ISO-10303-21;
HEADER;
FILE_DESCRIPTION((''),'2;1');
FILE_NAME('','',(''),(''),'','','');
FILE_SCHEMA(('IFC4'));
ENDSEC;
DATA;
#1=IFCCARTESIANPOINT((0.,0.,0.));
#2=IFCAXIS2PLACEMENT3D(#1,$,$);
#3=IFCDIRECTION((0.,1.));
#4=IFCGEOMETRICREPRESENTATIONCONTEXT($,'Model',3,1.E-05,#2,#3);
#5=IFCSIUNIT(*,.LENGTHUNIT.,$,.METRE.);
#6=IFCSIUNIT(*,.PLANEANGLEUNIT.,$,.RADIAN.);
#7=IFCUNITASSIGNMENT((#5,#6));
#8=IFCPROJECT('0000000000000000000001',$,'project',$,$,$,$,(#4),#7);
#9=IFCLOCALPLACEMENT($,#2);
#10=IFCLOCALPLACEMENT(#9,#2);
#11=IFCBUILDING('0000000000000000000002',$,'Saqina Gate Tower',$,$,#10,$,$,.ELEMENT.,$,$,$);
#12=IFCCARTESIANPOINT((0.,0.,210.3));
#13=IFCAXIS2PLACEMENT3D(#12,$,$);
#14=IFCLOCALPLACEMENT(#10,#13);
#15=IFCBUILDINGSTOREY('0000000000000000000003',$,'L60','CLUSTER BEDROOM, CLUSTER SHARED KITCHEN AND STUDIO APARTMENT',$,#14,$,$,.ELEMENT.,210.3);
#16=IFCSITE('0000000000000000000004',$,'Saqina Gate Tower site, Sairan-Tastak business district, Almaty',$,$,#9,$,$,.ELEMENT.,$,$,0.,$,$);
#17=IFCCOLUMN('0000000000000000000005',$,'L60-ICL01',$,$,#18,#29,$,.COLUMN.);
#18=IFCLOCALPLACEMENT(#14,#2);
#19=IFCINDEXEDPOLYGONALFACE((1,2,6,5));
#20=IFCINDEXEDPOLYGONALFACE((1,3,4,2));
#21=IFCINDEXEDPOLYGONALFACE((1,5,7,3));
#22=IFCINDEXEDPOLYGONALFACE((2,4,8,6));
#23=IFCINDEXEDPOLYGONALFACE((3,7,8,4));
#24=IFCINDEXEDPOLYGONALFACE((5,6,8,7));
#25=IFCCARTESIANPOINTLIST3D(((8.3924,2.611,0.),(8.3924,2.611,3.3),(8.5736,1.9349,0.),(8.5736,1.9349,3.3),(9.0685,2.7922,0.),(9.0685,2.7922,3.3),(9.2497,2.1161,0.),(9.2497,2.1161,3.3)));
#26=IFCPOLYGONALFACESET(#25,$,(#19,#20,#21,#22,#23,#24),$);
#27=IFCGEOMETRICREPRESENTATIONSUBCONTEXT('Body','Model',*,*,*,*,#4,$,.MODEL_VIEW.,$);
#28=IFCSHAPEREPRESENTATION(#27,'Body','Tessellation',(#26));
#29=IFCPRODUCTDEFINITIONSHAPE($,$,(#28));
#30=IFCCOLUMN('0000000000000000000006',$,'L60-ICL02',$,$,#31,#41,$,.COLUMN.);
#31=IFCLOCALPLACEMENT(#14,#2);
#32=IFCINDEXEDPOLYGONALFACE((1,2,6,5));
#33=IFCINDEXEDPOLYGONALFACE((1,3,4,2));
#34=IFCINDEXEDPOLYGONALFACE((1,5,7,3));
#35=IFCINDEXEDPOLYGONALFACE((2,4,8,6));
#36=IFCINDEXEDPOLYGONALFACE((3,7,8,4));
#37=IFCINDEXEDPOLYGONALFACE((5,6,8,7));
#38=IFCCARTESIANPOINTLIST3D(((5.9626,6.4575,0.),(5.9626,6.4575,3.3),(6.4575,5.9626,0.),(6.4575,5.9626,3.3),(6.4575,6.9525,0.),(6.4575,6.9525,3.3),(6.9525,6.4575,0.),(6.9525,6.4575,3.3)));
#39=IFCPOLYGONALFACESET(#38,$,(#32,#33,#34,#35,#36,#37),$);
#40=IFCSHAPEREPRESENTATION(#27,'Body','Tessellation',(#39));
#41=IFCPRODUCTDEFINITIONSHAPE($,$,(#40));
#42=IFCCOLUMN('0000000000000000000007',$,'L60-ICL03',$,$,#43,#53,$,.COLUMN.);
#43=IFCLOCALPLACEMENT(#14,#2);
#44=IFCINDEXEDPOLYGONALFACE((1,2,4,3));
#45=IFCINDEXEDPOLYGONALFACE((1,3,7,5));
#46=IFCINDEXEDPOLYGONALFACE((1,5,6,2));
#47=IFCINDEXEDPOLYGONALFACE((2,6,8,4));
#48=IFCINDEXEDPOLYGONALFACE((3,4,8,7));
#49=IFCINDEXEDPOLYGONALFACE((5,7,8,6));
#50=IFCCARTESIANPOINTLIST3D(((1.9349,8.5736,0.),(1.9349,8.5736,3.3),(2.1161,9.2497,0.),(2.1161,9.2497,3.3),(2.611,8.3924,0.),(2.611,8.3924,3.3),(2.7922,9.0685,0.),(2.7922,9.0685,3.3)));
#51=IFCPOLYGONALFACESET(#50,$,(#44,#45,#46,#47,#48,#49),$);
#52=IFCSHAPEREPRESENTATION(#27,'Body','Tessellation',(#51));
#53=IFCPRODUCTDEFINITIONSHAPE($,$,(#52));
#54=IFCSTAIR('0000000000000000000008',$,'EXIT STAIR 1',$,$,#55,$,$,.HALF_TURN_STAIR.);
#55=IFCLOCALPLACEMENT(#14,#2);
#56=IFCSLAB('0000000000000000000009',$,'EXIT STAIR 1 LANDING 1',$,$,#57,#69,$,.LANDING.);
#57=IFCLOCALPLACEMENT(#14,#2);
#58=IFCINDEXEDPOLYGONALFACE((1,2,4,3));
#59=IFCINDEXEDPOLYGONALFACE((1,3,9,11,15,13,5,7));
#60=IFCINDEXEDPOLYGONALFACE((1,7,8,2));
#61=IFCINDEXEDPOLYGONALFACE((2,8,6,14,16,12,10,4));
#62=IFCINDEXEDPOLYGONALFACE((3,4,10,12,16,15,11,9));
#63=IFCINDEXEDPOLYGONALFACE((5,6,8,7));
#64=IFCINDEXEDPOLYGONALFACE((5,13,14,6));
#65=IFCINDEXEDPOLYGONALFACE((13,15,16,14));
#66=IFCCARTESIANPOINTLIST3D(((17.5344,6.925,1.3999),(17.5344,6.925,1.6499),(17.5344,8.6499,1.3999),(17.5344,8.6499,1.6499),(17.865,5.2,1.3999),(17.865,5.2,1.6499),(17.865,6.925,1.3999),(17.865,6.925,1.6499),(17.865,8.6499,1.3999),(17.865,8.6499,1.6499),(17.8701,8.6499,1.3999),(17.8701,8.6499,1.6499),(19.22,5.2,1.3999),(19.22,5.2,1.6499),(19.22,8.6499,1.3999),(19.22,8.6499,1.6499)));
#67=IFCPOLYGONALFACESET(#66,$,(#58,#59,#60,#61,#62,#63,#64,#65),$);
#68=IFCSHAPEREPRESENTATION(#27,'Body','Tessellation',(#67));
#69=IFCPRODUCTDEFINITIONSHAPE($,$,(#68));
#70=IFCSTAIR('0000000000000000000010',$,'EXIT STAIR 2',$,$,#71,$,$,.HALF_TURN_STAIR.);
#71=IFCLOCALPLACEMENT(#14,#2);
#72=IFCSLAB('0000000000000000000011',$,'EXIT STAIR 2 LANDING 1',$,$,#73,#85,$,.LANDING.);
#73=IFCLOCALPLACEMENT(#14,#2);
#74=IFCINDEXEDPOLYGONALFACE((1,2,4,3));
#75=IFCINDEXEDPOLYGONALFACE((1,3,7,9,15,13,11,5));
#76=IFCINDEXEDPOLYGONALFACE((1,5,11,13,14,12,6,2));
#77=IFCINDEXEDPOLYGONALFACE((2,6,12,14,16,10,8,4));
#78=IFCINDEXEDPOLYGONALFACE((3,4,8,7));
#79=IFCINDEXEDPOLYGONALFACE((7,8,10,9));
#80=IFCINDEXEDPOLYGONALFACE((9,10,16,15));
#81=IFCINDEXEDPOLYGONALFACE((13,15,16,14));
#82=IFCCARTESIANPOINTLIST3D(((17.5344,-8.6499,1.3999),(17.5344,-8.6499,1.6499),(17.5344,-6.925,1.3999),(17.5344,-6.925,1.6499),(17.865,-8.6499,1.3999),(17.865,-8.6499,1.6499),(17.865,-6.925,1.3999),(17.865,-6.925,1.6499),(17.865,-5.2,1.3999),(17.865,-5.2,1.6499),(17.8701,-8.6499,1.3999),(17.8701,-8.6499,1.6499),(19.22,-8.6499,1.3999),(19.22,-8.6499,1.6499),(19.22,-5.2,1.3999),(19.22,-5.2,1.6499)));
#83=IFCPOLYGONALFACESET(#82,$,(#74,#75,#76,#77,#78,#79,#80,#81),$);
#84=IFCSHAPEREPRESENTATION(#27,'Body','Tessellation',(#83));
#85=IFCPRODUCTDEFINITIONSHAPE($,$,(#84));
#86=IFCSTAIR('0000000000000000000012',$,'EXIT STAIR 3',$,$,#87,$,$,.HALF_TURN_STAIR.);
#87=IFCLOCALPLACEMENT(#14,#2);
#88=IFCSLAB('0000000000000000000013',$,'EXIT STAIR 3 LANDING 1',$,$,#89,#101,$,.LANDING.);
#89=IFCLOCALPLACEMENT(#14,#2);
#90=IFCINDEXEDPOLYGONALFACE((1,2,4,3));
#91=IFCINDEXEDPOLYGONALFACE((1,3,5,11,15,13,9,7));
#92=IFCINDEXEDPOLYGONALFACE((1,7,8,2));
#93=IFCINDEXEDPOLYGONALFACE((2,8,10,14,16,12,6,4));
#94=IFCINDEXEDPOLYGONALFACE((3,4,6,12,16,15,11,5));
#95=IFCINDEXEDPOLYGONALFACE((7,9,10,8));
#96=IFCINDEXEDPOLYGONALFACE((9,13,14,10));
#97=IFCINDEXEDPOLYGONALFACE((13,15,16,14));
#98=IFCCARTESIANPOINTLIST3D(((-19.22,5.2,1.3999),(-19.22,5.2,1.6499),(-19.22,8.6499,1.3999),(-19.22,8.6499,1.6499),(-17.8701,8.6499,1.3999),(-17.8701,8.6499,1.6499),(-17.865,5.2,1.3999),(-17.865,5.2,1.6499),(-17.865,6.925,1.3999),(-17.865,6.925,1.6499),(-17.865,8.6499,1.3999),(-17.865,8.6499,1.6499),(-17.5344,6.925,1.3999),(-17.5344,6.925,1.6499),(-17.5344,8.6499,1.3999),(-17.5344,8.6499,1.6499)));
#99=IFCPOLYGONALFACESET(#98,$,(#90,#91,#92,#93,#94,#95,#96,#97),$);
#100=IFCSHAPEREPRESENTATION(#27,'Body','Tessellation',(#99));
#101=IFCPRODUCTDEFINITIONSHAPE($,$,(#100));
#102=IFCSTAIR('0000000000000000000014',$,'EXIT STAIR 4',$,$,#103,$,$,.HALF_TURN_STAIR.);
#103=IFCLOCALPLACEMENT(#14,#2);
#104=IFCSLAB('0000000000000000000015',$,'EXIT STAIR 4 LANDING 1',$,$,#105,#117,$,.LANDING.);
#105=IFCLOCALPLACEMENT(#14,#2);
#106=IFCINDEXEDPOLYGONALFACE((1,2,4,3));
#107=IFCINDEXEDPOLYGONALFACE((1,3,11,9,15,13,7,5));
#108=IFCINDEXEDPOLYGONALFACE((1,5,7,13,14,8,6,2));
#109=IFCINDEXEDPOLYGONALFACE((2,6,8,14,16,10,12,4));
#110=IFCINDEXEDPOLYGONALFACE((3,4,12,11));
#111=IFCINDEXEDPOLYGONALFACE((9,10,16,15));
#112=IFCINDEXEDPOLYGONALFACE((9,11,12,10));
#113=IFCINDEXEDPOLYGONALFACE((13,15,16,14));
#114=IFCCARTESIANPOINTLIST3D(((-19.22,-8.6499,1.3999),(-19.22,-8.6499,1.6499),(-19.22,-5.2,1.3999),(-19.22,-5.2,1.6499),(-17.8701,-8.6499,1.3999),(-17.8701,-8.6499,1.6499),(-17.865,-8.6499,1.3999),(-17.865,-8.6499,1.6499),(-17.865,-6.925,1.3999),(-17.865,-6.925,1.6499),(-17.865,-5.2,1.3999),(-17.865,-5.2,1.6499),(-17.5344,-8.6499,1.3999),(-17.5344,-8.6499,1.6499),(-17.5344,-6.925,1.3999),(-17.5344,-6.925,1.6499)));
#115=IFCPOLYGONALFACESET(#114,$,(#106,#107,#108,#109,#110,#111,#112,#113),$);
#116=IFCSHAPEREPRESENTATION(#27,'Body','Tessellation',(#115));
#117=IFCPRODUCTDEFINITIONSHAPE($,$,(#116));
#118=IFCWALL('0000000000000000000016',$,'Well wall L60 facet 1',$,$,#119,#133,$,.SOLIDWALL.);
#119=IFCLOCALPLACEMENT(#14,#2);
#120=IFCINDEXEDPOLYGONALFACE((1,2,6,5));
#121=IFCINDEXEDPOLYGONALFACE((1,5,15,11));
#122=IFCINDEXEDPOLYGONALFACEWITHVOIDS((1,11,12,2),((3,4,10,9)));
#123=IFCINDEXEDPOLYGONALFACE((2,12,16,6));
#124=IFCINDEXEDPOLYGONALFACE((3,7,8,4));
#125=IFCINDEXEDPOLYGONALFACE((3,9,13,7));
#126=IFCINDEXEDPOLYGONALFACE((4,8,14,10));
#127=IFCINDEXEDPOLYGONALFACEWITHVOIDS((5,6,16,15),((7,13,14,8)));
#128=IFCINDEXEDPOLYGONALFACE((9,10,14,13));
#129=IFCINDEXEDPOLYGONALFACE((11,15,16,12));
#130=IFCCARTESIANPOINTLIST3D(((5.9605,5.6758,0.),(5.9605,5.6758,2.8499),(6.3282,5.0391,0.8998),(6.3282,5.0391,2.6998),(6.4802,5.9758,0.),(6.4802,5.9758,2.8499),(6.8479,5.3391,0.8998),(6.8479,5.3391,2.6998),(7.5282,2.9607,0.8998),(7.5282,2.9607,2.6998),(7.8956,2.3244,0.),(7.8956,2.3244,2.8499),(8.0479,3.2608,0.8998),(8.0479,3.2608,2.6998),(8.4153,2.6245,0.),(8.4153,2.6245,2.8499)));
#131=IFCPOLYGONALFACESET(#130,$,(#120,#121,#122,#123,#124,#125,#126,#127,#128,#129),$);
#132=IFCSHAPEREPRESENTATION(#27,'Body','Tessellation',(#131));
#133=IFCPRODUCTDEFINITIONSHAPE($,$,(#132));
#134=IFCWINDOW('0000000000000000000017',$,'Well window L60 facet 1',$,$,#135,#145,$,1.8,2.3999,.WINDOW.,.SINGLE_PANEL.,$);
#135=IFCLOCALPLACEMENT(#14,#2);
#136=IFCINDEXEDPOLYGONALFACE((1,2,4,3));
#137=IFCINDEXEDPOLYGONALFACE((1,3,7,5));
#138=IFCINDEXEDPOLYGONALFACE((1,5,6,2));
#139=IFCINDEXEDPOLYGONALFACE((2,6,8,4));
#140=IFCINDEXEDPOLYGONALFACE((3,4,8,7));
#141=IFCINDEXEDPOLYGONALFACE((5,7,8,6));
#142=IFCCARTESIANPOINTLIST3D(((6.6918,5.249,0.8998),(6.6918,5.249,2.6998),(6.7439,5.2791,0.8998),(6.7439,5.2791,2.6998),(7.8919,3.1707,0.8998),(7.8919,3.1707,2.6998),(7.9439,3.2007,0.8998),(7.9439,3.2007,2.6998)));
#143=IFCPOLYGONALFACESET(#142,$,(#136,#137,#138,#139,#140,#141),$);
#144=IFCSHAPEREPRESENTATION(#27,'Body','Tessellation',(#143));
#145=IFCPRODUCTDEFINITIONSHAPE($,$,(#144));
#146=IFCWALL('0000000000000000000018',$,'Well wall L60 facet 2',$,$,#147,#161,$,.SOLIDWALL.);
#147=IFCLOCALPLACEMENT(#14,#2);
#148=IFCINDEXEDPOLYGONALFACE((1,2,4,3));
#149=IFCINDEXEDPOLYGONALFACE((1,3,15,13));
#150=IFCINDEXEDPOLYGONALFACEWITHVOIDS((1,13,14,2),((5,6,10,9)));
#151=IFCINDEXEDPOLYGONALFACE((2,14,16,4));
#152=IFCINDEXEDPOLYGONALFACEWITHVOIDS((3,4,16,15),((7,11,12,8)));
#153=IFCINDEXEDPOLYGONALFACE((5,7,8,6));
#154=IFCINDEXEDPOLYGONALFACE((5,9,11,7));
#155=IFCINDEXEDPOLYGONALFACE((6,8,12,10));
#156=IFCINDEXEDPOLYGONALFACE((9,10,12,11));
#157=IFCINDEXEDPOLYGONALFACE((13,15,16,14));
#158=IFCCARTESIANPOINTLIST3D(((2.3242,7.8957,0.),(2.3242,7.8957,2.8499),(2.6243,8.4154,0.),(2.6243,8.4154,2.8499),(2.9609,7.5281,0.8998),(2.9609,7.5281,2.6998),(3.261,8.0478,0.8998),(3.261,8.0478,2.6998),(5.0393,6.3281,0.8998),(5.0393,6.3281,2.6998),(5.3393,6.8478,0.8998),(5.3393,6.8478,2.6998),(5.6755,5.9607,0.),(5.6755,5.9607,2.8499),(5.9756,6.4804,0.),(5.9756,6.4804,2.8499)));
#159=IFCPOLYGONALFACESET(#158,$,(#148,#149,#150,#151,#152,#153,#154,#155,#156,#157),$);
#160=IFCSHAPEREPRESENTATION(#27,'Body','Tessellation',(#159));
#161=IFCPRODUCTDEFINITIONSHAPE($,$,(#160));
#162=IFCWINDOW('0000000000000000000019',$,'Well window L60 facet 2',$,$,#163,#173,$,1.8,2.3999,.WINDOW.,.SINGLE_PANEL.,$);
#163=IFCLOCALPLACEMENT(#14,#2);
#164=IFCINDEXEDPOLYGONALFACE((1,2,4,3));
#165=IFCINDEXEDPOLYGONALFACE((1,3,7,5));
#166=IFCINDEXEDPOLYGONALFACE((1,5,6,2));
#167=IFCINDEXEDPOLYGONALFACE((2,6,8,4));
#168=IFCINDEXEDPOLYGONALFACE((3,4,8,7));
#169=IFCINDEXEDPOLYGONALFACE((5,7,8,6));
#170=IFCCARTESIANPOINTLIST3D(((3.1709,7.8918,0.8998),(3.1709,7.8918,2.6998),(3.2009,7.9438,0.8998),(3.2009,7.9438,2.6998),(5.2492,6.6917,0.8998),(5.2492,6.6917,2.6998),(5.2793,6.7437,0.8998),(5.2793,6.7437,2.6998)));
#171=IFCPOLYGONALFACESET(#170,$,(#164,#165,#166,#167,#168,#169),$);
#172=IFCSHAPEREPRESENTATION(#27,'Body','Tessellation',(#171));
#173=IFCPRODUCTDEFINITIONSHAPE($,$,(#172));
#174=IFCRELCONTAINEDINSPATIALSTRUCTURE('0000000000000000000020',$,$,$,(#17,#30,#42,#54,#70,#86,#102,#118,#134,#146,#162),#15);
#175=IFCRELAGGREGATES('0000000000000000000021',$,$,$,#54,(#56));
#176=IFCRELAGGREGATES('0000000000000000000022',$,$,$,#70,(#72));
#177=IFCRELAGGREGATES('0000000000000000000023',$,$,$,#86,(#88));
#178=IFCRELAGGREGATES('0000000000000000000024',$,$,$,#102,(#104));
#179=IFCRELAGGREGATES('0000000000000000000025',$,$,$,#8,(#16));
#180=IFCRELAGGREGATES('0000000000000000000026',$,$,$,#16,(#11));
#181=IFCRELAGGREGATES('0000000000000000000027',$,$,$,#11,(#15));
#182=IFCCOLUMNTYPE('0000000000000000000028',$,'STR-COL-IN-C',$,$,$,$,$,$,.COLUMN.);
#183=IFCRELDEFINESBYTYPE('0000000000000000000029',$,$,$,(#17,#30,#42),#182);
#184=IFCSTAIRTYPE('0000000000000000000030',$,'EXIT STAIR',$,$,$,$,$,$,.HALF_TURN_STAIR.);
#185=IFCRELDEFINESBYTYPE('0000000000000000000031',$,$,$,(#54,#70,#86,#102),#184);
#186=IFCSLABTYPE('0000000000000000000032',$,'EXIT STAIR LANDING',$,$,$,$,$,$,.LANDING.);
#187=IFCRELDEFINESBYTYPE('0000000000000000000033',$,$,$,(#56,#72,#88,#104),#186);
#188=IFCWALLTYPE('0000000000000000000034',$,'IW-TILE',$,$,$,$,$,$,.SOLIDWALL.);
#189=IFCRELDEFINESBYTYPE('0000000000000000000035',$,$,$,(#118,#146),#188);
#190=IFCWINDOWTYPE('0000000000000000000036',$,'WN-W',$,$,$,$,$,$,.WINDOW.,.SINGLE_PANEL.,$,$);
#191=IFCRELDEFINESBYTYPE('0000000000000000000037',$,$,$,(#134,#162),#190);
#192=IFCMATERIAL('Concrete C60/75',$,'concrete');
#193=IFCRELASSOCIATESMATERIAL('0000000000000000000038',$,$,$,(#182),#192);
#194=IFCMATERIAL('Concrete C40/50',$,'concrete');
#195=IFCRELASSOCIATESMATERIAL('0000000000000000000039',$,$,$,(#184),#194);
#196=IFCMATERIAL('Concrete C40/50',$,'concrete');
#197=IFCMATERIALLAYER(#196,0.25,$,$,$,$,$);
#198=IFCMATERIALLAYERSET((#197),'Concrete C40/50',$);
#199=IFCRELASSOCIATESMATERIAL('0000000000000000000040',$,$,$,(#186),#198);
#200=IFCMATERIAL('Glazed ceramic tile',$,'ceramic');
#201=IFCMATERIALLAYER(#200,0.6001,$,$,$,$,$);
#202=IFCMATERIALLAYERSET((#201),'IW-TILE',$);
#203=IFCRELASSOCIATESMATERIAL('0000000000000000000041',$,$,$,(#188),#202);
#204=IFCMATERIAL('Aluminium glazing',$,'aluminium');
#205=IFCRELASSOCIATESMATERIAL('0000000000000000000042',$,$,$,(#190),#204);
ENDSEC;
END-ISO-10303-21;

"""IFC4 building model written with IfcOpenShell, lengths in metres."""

from ifc_helpers import new_model, si_unit, direction, frame, frame_2d, origin, origin_2d, place, context, subcontext, project, spatial, polyline, rectangle, outline, extrude, material, layer, layer_set, material_profile, profile_set, type_object, element, fill, aggregate, save


model = new_model("IFC4")

# Units and contexts
model_context = context("Model", 3, precision=1e-05, world=origin(), true_north=direction((0.0, 1.0)))
body_context = subcontext(model_context, "Body", "Model", "MODEL_VIEW")
ifc_project = project(units=[si_unit("LENGTHUNIT", "METRE"), si_unit("PLANEANGLEUNIT", "RADIAN")], contexts=[model_context])

# Site, building, storey
site_placement = place(None, origin())
site = spatial("IfcSite", under=ifc_project, at=site_placement, Name="Saqina Gate Tower site, Sairan-Tastak business district, Almaty", CompositionType="ELEMENT", RefElevation=0.0)
building_placement = place(site_placement, origin())
building = spatial("IfcBuilding", under=site, at=building_placement, Name="Saqina Gate Tower", CompositionType="ELEMENT")
storey_placement = place(building_placement, frame((0.0, 0.0, 210.3)))
storey = spatial("IfcBuildingStorey", under=building, at=storey_placement, Name="L60", Description="CLUSTER BEDROOM, CLUSTER SHARED KITCHEN AND STUDIO APARTMENT", CompositionType="ELEMENT", Elevation=210.3)

# Columns
ifc_material_1 = material(Name="Concrete C60/75", Category="concrete")
ifc_material_profile = material_profile(ifc_material_1, rectangle(XDim=0.7, YDim=0.7, at=origin_2d()), Name="RC 700x700")
ifc_profile_set = profile_set([ifc_material_profile], Name="Concrete C60/75")
column_type = type_object("IfcColumnType", Name="STR-COL-IN-C", PredefinedType="COLUMN", material=ifc_profile_set)
for number, where, z_axis, x_axis, name in (
    (1, (8.821, 2.3635, 0.0), (0.0, 0.0, 1.0), (0.965926, 0.258819, 0.0), "L60-ICL01"),
    (2, (6.4575, 6.4575, 0.0), (0.0, 0.0, 1.0), (0.707107, 0.707107, 0.0), "L60-ICL02"),
    (3, (2.3635, 8.821, 0.0), (0.0, 0.0, 1.0), (0.258819, 0.965926, 0.0), "L60-ICL03"),
):
    element("IfcColumn", number, at=place(storey_placement, frame(where, z_axis=z_axis, x_axis=x_axis)), inside=storey, type_object=column_type, Name=name, PredefinedType="COLUMN", context=body_context, shape_type="SweptSolid", body=[
        extrude(rectangle(XDim=0.7, YDim=0.7, at=origin_2d()), origin(), (0.0, 0.0, 1.0), 3.3),
    ])

# Stairs, slabs
ifc_material_2 = material(Name="Concrete C40/50", Category="concrete")
stair_type = type_object("IfcStairType", Name="EXIT STAIR", PredefinedType="HALF_TURN_STAIR", material=ifc_material_2)
stair_1_placement = place(storey_placement, origin())
stair_1 = element("IfcStair", 4, at=stair_1_placement, inside=storey, type_object=stair_type, Name="EXIT STAIR 1", PredefinedType="HALF_TURN_STAIR")
ifc_material_3 = material(Name="Concrete C40/50", Category="concrete")
ifc_layer_1 = layer(ifc_material_3, 0.25)
ifc_layer_set_1 = layer_set([ifc_layer_1], Name="Concrete C40/50")
slab_type = type_object("IfcSlabType", Name="EXIT STAIR LANDING", PredefinedType="LANDING", material=ifc_layer_set_1)
slab_1_placement = place(storey_placement, frame((0.0, 0.0, 1.3999)))
slab_1 = element("IfcSlab", 5, at=slab_1_placement, type_object=slab_type, Name="EXIT STAIR 1 LANDING 1", PredefinedType="LANDING", context=body_context, shape_type="SweptSolid", body=[
    extrude(outline(polyline([(19.22, 8.6499), (19.22, 5.2), (17.865, 5.2), (17.865, 6.925), (17.5344, 6.925), (17.5344, 8.6499), (17.865, 8.6499), (17.8701, 8.6499), (19.22, 8.6499)])), origin(), (0.0, 0.0, 1.0), 0.25),
])
aggregate(stair_1, [slab_1])
stair_2_placement = place(storey_placement, origin())
stair_2 = element("IfcStair", 6, at=stair_2_placement, inside=storey, type_object=stair_type, Name="EXIT STAIR 2", PredefinedType="HALF_TURN_STAIR")
slab_2_placement = place(storey_placement, frame((0.0, 0.0, 1.3999)))
slab_2 = element("IfcSlab", 7, at=slab_2_placement, type_object=slab_type, Name="EXIT STAIR 2 LANDING 1", PredefinedType="LANDING", context=body_context, shape_type="SweptSolid", body=[
    extrude(outline(polyline([(17.5344, -8.6499), (17.5344, -6.925), (17.865, -6.925), (17.865, -5.2), (19.22, -5.2), (19.22, -8.6499), (17.8701, -8.6499), (17.865, -8.6499), (17.5344, -8.6499)])), origin(), (0.0, 0.0, 1.0), 0.25),
])
aggregate(stair_2, [slab_2])
stair_3_placement = place(storey_placement, origin())
stair_3 = element("IfcStair", 8, at=stair_3_placement, inside=storey, type_object=stair_type, Name="EXIT STAIR 3", PredefinedType="HALF_TURN_STAIR")
slab_3_placement = place(storey_placement, frame((0.0, 0.0, 1.3999)))
slab_3 = element("IfcSlab", 9, at=slab_3_placement, type_object=slab_type, Name="EXIT STAIR 3 LANDING 1", PredefinedType="LANDING", context=body_context, shape_type="SweptSolid", body=[
    extrude(outline(polyline([(-17.865, 5.2), (-19.22, 5.2), (-19.22, 8.6499), (-17.8701, 8.6499), (-17.865, 8.6499), (-17.5344, 8.6499), (-17.5344, 6.925), (-17.865, 6.925), (-17.865, 5.2)])), origin(), (0.0, 0.0, 1.0), 0.25),
])
aggregate(stair_3, [slab_3])
stair_4_placement = place(storey_placement, origin())
stair_4 = element("IfcStair", 10, at=stair_4_placement, inside=storey, type_object=stair_type, Name="EXIT STAIR 4", PredefinedType="HALF_TURN_STAIR")
slab_4_placement = place(storey_placement, frame((0.0, 0.0, 1.3999)))
slab_4 = element("IfcSlab", 11, at=slab_4_placement, type_object=slab_type, Name="EXIT STAIR 4 LANDING 1", PredefinedType="LANDING", context=body_context, shape_type="SweptSolid", body=[
    extrude(outline(polyline([(-17.5344, -6.925), (-17.5344, -8.6499), (-17.865, -8.6499), (-17.8701, -8.6499), (-19.22, -8.6499), (-19.22, -5.2), (-17.865, -5.2), (-17.865, -6.925), (-17.5344, -6.925)])), origin(), (0.0, 0.0, 1.0), 0.25),
])
aggregate(stair_4, [slab_4])

# Walls, openings, windows
ifc_material_4 = material(Name="Glazed ceramic tile", Category="ceramic")
ifc_layer_2 = layer(ifc_material_4, 0.6001)
ifc_layer_set_2 = layer_set([ifc_layer_2], Name="IW-TILE")
wall_type_1 = type_object("IfcWallType", Name="IW-TILE", PredefinedType="SOLIDWALL", material=ifc_layer_set_2)
wall_1_placement = place(storey_placement, frame((8.1555, 2.4744, 0.0), z_axis=(0.0, 0.0, 1.0), x_axis=(-0.500034, 0.866006, 0.0)))
wall_1 = element("IfcWall", 12, at=wall_1_placement, inside=storey, type_object=wall_type_1, Name="Well wall L60 facet 1", PredefinedType="SOLIDWALL", context=body_context, shape_type="SweptSolid", body=[
    extrude(rectangle(XDim=3.8699, YDim=0.6001, at=frame_2d((1.9351, 0.0))), origin(), (0.0, 0.0, 1.0), 2.8499),
])
opening_1_placement = place(wall_1_placement, frame((0.7349, 0.0, 0.8999)))
opening_1 = element("IfcOpeningElement", 13, at=opening_1_placement, cuts=wall_1, PredefinedType="OPENING", context=body_context, shape_type="SweptSolid", body=[
    extrude(rectangle(XDim=2.3999, YDim=1.8, at=frame_2d((1.2, 0.8999))), frame((0.0, 0.312, 0.0), z_axis=(0.0, -1.0, 0.0), x_axis=(1.0, 0.0, 0.0)), (0.0, 0.0, 1.0), 0.624),
])
ifc_material_5 = material(Name="Aluminium glazing", Category="aluminium")
window_type = type_object("IfcWindowType", Name="WN-W", PartitioningType="SINGLE_PANEL", PredefinedType="WINDOW", material=ifc_material_5)
window_1_placement = place(opening_1_placement, origin())
window_1 = element("IfcWindow", 14, at=window_1_placement, inside=storey, type_object=window_type, Name="Well window L60 facet 1", OverallHeight=1.8, OverallWidth=2.3999, PartitioningType="SINGLE_PANEL", PredefinedType="WINDOW", context=body_context, shape_type="SweptSolid", body=[
    extrude(rectangle(XDim=2.3999, YDim=1.8, at=frame_2d((1.2, 0.8999))), frame((0.0, -0.1199, 0.0), z_axis=(0.0, -1.0, 0.0), x_axis=(1.0, 0.0, 0.0)), (0.0, 0.0, 1.0), 0.0601),
])
fill(opening_1, window_1)
wall_2_placement = place(storey_placement, frame((5.8257, 6.2205, 0.0), z_axis=(0.0, 0.0, 1.0), x_axis=(-0.866006, 0.500034, 0.0)))
wall_2 = element("IfcWall", 15, at=wall_2_placement, inside=storey, type_object=wall_type_1, Name="Well wall L60 facet 2", PredefinedType="SOLIDWALL", context=body_context, shape_type="SweptSolid", body=[
    extrude(rectangle(XDim=3.8699, YDim=0.6001, at=frame_2d((1.9351, 0.0))), origin(), (0.0, 0.0, 1.0), 2.8499),
])
opening_2_placement = place(wall_2_placement, frame((0.7349, 0.0, 0.8999)))
opening_2 = element("IfcOpeningElement", 16, at=opening_2_placement, cuts=wall_2, PredefinedType="OPENING", context=body_context, shape_type="SweptSolid", body=[
    extrude(rectangle(XDim=2.3999, YDim=1.8, at=frame_2d((1.2, 0.8999))), frame((0.0, 0.312, 0.0), z_axis=(0.0, -1.0, 0.0), x_axis=(1.0, 0.0, 0.0)), (0.0, 0.0, 1.0), 0.624),
])
window_2_placement = place(opening_2_placement, origin())
window_2 = element("IfcWindow", 17, at=window_2_placement, inside=storey, type_object=window_type, Name="Well window L60 facet 2", OverallHeight=1.8, OverallWidth=2.3999, PartitioningType="SINGLE_PANEL", PredefinedType="WINDOW", context=body_context, shape_type="SweptSolid", body=[
    extrude(rectangle(XDim=2.3999, YDim=1.8, at=frame_2d((1.2, 0.8999))), frame((0.0, -0.1199, 0.0), z_axis=(0.0, -1.0, 0.0), x_axis=(1.0, 0.0, 0.0)), (0.0, 0.0, 1.0), 0.0601),
])
fill(opening_2, window_2)

save(model, "model.ifc")
